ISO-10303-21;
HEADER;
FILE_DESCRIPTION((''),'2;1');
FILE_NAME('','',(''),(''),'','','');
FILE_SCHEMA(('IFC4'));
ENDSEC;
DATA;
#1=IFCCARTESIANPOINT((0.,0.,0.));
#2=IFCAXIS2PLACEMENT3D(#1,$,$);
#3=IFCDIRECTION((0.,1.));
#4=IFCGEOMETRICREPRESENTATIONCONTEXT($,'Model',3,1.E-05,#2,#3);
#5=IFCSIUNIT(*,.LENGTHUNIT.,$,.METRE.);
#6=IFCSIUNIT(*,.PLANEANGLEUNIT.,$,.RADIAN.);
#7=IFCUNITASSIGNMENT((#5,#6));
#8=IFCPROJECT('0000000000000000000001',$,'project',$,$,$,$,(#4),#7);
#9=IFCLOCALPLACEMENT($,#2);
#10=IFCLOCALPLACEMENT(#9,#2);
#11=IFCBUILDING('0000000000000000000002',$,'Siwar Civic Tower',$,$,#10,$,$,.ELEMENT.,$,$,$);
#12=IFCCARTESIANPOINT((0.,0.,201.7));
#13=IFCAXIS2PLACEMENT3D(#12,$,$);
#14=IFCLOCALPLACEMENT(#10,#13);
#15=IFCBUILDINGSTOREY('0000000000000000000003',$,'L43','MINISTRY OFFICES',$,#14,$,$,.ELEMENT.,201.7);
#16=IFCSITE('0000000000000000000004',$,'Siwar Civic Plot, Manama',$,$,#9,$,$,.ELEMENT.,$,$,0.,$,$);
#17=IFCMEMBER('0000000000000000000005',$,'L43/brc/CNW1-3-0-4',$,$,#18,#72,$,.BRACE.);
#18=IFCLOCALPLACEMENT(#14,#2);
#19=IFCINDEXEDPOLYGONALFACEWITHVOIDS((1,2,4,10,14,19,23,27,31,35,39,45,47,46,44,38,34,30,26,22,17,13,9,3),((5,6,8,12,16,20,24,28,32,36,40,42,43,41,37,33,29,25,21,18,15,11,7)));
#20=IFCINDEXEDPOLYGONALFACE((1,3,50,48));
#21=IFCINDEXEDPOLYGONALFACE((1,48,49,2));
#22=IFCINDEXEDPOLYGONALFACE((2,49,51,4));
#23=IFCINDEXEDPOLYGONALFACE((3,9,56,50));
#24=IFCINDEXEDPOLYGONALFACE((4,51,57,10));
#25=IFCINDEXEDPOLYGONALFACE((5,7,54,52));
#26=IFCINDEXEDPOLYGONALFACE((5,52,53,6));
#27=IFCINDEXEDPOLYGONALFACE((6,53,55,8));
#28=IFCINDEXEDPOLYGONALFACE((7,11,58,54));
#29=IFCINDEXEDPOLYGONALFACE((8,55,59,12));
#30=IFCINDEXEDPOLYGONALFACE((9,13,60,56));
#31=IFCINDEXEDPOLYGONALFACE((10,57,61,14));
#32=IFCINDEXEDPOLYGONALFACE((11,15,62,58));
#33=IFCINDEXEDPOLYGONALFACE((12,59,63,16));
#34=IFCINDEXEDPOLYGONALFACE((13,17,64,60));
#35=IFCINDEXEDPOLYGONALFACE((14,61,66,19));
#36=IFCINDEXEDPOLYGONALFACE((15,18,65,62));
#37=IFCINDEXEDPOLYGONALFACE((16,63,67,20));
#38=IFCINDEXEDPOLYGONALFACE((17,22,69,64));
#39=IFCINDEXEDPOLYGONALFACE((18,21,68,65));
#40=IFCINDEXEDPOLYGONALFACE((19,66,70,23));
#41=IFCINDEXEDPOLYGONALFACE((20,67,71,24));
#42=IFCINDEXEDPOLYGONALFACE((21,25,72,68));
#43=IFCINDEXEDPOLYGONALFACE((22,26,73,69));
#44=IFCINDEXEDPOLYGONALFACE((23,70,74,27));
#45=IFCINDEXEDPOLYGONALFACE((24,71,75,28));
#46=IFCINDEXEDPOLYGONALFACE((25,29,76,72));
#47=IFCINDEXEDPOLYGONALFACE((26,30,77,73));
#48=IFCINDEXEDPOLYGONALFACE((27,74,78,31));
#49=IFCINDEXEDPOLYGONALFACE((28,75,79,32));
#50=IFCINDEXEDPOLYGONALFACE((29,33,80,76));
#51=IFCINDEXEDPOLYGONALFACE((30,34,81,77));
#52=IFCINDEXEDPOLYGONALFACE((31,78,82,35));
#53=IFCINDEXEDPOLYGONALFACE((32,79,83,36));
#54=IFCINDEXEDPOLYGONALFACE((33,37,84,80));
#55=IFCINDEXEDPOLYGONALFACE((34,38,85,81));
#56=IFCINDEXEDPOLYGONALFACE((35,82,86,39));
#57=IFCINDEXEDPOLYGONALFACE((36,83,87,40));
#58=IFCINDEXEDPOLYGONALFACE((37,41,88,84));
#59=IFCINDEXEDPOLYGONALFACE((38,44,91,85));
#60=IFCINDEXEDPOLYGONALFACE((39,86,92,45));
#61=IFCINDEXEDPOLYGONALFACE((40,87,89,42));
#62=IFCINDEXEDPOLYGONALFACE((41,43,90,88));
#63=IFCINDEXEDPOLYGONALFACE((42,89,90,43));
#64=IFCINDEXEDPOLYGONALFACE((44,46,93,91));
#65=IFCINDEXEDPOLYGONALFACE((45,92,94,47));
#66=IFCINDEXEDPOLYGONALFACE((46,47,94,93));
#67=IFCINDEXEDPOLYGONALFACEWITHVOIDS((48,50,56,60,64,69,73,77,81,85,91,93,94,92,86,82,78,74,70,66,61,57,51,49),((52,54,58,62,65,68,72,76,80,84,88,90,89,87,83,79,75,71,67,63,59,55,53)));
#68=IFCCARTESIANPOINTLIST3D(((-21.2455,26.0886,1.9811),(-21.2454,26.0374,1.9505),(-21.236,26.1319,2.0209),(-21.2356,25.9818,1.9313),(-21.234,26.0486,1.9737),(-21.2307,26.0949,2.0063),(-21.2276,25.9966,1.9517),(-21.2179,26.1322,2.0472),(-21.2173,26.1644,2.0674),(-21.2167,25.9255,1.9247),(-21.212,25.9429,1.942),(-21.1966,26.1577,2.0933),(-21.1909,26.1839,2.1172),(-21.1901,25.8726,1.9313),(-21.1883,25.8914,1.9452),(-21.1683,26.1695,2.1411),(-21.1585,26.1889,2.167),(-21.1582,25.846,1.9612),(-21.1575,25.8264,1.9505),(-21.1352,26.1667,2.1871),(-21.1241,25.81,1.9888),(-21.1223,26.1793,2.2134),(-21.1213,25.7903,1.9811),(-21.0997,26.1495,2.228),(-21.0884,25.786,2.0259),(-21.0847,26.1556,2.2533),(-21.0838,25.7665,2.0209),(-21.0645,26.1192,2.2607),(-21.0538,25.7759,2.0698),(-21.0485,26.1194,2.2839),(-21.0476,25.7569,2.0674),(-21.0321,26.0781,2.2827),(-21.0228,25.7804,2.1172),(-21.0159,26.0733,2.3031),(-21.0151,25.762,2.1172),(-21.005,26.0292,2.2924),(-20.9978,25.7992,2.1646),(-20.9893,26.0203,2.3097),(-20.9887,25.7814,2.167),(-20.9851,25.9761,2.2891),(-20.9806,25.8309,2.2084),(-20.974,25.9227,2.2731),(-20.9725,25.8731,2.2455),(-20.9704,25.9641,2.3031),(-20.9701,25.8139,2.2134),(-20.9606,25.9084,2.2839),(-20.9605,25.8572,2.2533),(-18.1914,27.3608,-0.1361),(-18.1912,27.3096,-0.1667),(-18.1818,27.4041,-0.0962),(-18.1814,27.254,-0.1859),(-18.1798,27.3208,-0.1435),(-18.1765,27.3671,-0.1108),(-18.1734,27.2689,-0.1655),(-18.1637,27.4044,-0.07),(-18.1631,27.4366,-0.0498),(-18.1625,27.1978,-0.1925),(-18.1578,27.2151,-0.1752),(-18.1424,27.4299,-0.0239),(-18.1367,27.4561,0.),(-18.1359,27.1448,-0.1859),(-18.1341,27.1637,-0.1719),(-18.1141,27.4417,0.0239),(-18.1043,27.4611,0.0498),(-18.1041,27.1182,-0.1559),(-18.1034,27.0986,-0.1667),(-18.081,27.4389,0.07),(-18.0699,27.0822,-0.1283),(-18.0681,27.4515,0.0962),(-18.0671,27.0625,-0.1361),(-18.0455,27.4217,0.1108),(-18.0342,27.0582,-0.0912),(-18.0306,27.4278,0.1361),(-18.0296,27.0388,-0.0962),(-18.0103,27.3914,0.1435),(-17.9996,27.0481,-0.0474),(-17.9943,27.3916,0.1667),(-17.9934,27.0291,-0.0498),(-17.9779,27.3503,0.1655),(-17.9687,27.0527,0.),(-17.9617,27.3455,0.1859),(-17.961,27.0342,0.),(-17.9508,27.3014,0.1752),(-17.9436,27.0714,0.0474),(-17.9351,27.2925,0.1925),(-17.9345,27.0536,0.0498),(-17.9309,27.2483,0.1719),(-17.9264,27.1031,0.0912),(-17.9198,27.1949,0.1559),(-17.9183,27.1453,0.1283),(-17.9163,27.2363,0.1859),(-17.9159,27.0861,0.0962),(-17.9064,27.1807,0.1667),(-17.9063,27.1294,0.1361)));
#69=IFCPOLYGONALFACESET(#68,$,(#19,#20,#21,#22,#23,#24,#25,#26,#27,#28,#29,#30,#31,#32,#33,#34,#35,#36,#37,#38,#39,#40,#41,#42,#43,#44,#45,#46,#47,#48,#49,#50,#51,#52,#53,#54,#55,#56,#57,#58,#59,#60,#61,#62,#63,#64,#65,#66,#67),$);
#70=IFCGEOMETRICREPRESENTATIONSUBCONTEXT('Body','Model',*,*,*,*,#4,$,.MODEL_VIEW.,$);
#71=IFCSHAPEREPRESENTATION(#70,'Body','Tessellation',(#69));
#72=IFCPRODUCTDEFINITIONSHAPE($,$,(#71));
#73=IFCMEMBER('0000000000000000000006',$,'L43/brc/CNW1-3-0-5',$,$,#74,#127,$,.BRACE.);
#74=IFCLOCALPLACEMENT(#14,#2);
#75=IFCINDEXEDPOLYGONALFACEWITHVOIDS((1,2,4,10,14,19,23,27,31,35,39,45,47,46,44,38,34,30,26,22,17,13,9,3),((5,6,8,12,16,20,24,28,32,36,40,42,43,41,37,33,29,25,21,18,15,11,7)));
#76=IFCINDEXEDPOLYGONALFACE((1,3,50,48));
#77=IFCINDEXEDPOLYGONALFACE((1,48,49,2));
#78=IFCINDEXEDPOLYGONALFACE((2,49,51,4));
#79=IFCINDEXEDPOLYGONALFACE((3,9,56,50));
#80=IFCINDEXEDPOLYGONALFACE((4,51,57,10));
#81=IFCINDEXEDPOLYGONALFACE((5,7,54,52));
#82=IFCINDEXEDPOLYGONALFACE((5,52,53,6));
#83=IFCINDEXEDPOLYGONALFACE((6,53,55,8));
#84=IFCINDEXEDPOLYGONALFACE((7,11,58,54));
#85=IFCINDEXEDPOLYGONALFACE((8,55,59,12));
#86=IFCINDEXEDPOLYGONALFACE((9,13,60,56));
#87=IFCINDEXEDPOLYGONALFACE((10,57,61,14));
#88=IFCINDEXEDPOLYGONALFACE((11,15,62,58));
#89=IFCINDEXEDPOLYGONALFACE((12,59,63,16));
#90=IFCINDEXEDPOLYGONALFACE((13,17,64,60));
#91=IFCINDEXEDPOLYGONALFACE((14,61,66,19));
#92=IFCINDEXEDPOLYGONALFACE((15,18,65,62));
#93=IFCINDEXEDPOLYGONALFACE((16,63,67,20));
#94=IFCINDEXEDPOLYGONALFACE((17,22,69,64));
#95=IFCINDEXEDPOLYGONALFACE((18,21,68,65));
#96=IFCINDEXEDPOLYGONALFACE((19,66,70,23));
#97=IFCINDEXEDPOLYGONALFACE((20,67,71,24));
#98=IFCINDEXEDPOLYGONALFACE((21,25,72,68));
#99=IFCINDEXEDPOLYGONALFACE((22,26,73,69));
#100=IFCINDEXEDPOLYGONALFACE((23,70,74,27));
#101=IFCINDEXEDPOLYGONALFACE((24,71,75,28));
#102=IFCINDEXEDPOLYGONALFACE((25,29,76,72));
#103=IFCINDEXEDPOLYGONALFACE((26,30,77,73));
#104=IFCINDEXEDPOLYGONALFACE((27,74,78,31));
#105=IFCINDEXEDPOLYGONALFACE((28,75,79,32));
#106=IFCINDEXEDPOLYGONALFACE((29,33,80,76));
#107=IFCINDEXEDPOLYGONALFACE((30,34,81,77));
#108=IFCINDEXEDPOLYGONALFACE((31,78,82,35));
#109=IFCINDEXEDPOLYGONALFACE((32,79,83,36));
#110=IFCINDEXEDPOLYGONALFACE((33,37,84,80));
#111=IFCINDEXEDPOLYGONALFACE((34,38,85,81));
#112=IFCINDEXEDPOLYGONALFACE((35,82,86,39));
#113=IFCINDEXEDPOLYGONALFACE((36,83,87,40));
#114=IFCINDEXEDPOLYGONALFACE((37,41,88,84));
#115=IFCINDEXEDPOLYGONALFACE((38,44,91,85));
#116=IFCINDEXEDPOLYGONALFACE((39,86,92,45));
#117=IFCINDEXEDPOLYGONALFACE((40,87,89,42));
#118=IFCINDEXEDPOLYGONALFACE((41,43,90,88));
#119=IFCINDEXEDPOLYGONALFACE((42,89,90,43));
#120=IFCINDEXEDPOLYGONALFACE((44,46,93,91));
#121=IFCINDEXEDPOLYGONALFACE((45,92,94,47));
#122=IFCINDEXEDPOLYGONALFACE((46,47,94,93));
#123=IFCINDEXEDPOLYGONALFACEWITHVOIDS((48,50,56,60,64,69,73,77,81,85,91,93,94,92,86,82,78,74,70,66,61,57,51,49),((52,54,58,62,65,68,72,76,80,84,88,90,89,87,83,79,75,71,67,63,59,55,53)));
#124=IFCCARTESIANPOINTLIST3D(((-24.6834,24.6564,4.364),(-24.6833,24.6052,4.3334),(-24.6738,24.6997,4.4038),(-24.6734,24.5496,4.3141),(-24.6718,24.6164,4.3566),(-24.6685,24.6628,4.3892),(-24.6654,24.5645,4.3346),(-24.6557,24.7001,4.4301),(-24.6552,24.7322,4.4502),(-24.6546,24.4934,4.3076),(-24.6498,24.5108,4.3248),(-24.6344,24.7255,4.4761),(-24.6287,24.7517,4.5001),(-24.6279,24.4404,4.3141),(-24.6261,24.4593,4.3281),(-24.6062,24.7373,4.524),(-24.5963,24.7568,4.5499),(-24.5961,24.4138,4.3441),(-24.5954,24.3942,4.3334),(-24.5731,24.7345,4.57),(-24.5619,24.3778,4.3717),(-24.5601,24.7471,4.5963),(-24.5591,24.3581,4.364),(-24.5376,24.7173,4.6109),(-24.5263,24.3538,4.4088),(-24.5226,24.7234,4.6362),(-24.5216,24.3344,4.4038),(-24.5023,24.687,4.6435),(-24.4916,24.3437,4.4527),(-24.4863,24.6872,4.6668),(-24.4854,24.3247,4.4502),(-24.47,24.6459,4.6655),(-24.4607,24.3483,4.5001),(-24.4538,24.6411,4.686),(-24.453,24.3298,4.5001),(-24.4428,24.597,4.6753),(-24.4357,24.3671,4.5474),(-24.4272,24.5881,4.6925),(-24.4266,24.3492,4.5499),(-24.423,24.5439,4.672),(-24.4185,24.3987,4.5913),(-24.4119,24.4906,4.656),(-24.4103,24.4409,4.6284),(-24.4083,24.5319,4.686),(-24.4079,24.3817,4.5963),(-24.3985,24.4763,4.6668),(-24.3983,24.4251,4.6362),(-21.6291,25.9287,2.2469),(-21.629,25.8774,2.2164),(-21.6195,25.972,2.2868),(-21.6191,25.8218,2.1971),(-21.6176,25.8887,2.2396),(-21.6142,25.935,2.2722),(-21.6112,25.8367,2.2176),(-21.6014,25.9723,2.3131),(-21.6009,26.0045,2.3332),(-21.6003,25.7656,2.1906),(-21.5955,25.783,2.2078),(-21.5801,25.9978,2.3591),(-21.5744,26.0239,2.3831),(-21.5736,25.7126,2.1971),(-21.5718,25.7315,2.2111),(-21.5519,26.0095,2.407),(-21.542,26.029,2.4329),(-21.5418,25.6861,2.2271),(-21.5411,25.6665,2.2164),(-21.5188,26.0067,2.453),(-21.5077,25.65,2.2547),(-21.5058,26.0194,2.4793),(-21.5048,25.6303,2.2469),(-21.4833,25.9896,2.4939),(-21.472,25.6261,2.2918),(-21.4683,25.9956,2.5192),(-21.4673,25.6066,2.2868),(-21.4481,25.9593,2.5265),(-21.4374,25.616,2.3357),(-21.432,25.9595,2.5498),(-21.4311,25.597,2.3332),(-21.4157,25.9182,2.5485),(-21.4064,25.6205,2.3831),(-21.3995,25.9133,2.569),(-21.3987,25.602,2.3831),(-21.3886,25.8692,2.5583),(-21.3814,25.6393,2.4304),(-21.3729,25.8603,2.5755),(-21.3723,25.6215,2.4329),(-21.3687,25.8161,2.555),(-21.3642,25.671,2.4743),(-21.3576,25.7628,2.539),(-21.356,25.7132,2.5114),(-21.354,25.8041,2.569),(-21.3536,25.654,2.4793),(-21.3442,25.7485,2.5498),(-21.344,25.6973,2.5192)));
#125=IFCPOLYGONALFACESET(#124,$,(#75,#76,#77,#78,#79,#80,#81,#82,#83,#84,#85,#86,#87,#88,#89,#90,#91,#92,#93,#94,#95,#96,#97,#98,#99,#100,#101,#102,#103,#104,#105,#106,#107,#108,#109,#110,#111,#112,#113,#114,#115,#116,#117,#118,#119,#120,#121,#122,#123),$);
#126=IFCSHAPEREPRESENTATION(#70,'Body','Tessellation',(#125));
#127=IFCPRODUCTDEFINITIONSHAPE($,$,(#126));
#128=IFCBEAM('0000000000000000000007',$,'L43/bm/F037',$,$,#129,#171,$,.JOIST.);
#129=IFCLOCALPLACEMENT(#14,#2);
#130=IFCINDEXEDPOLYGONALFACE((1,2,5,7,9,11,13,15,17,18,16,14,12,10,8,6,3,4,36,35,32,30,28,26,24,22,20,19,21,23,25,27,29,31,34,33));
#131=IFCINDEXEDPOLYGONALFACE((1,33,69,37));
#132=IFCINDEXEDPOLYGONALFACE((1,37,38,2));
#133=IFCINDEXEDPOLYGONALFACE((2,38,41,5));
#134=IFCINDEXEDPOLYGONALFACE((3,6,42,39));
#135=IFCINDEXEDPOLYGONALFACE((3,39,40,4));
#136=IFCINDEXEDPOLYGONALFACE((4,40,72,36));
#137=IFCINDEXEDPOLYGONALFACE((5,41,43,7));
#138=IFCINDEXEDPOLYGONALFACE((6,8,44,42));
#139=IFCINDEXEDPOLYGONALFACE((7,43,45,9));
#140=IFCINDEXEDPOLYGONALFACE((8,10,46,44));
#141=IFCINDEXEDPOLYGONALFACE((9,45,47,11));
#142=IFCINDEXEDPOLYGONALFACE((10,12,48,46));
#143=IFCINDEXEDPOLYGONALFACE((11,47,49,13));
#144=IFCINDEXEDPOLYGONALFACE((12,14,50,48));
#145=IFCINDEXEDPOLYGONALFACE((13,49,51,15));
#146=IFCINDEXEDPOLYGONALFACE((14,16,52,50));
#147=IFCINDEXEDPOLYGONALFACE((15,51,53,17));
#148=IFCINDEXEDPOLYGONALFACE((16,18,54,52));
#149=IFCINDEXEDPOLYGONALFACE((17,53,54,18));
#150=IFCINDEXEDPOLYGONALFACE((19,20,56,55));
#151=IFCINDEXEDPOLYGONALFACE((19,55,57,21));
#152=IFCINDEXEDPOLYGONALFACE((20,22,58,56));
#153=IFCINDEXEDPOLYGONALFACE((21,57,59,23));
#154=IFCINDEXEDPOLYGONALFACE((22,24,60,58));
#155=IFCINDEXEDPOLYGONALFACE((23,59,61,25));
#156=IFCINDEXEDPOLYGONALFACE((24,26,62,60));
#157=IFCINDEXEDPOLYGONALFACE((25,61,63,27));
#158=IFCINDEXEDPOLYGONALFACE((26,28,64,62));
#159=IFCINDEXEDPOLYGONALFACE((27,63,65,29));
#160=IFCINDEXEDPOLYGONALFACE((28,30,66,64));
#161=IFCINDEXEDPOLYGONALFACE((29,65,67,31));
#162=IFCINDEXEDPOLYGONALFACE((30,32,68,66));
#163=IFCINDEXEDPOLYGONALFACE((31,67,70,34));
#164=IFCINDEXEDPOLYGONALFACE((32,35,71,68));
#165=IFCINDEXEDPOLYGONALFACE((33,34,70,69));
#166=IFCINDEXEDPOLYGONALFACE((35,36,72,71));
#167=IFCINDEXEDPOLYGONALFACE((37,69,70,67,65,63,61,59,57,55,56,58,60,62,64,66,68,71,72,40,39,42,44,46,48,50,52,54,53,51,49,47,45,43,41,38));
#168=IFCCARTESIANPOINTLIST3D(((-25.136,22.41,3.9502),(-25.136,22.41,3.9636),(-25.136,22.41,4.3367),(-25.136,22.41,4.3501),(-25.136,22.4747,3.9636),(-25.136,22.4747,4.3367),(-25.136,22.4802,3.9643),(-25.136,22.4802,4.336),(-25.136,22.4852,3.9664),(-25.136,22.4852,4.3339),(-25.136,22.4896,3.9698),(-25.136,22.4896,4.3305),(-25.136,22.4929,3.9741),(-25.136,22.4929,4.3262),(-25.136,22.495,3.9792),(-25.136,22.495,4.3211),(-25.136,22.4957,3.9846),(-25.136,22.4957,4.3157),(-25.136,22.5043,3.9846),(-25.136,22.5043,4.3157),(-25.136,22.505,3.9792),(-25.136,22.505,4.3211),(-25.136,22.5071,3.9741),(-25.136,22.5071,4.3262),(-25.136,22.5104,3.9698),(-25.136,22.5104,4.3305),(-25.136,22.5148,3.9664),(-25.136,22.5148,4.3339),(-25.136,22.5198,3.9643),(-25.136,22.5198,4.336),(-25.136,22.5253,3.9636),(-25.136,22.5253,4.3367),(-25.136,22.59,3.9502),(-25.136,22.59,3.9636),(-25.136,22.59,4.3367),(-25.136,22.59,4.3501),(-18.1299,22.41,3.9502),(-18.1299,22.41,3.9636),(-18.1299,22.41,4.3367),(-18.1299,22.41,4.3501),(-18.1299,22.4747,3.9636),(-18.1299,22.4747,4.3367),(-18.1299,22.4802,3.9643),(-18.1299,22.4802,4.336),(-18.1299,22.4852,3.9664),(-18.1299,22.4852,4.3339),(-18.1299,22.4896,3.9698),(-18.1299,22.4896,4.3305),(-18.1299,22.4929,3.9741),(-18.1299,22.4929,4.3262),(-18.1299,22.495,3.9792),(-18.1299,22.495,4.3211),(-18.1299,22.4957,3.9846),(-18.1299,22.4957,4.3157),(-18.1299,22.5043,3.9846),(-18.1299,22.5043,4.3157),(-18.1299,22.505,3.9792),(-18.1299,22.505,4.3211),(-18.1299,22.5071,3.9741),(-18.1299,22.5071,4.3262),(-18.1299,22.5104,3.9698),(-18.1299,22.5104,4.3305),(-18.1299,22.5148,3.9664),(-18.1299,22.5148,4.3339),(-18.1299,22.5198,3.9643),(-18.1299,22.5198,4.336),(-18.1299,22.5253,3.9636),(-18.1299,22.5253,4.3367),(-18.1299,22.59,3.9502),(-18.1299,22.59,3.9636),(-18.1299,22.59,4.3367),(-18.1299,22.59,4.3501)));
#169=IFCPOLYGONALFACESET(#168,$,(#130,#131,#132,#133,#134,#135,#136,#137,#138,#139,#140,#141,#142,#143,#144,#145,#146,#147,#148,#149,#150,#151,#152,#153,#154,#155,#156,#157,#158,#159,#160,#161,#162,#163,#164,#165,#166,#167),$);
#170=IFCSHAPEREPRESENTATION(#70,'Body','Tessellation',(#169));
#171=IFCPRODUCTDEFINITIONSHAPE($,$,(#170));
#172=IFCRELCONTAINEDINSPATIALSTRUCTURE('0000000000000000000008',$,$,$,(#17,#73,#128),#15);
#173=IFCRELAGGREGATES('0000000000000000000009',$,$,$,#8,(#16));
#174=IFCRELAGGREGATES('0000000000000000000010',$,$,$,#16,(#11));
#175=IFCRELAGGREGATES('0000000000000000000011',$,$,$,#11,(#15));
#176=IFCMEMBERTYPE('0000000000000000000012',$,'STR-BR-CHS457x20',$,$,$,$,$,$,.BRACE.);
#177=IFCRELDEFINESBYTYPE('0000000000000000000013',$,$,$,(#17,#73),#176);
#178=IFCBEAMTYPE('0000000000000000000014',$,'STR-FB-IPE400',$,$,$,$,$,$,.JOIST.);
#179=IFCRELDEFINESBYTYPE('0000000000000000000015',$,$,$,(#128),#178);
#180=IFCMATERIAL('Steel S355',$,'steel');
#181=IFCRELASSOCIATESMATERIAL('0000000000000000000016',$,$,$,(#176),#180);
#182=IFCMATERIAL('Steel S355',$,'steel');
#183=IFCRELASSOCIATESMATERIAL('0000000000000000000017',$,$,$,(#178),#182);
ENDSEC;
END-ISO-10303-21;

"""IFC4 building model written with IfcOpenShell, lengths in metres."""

from ifc_helpers import new_model, si_unit, direction, frame, origin, origin_2d, place, context, subcontext, project, spatial, hollow_circle, i_section, extrude, material, material_profile, profile_set, type_object, element, save


model = new_model("IFC4")

# Units and contexts
model_context = context("Model", 3, precision=1e-05, world=origin(), true_north=direction((0.0, 1.0)))
body_context = subcontext(model_context, "Body", "Model", "MODEL_VIEW")
ifc_project = project(units=[si_unit("LENGTHUNIT", "METRE"), si_unit("PLANEANGLEUNIT", "RADIAN")], contexts=[model_context])

# Site, building, storey
site_placement = place(None, origin())
site = spatial("IfcSite", under=ifc_project, at=site_placement, Name="Siwar Civic Plot, Manama", CompositionType="ELEMENT", RefElevation=0.0)
building_placement = place(site_placement, origin())
building = spatial("IfcBuilding", under=site, at=building_placement, Name="Siwar Civic Tower", CompositionType="ELEMENT")
storey_placement = place(building_placement, frame((0.0, 0.0, 201.7)))
storey = spatial("IfcBuildingStorey", under=building, at=storey_placement, Name="L43", Description="MINISTRY OFFICES", CompositionType="ELEMENT", Elevation=201.7)

# Members
ifc_material_1 = material(Name="Steel S355", Category="steel")
ifc_material_profile_1 = material_profile(ifc_material_1, hollow_circle(Radius=0.2285, WallThickness=0.02, at=origin_2d()), Name="CHS457x20")
ifc_profile_set_1 = profile_set([ifc_material_profile_1], Name="Steel S355")
member_type_1 = type_object("IfcMemberType", Name="STR-BR-CHS457x20", PredefinedType="BRACE", material=ifc_profile_set_1)
for number, where, z_axis, x_axis, name in (
    (1, (-18.0488, 27.2451, 0.0), (-0.777546, -0.323884, 0.538999), (0.384521, -0.923116, 0.0), "L43/brc/CNW1-3-0-4"),
    (2, (-21.4866, 25.813, 2.3831), (-0.777572, -0.323895, 0.538955), (0.384521, -0.923116, 0.0), "L43/brc/CNW1-3-0-5"),
):
    element("IfcMember", number, at=place(storey_placement, frame(where, z_axis=z_axis, x_axis=x_axis)), inside=storey, type_object=member_type_1, Name=name, PredefinedType="BRACE", context=body_context, shape_type="SweptSolid", body=[
        extrude(hollow_circle(Radius=0.2285, WallThickness=0.02, at=origin_2d()), origin(), (0.0, 0.0, 1.0), 3.928),
    ])

# Beam
ifc_material_2 = material(Name="Steel S355", Category="steel")
ifc_material_profile_2 = material_profile(ifc_material_2, i_section(OverallWidth=0.1799, OverallDepth=0.3999, WebThickness=0.0085, FlangeThickness=0.0134, FilletRadius=0.021, at=origin_2d()), Name="IPE400")
ifc_profile_set_2 = profile_set([ifc_material_profile_2], Name="Steel S355")
beam_type_1 = type_object("IfcBeamType", Name="STR-FB-IPE400", PredefinedType="JOIST", material=ifc_profile_set_2)
beam_1_placement = place(storey_placement, frame((-25.136, 22.5, 4.1501), z_axis=(1.0, 0.0, 0.0), x_axis=(0.0, 1.0, 0.0)))
element("IfcBeam", 3, at=beam_1_placement, inside=storey, type_object=beam_type_1, Name="L43/bm/F037", PredefinedType="JOIST", context=body_context, shape_type="SweptSolid", body=[
    extrude(i_section(OverallWidth=0.1799, OverallDepth=0.3999, WebThickness=0.0085, FlangeThickness=0.0134, FilletRadius=0.021, at=origin_2d()), origin(), (0.0, 0.0, 1.0), 7.0061),
])

save(model, "model.ifc")
